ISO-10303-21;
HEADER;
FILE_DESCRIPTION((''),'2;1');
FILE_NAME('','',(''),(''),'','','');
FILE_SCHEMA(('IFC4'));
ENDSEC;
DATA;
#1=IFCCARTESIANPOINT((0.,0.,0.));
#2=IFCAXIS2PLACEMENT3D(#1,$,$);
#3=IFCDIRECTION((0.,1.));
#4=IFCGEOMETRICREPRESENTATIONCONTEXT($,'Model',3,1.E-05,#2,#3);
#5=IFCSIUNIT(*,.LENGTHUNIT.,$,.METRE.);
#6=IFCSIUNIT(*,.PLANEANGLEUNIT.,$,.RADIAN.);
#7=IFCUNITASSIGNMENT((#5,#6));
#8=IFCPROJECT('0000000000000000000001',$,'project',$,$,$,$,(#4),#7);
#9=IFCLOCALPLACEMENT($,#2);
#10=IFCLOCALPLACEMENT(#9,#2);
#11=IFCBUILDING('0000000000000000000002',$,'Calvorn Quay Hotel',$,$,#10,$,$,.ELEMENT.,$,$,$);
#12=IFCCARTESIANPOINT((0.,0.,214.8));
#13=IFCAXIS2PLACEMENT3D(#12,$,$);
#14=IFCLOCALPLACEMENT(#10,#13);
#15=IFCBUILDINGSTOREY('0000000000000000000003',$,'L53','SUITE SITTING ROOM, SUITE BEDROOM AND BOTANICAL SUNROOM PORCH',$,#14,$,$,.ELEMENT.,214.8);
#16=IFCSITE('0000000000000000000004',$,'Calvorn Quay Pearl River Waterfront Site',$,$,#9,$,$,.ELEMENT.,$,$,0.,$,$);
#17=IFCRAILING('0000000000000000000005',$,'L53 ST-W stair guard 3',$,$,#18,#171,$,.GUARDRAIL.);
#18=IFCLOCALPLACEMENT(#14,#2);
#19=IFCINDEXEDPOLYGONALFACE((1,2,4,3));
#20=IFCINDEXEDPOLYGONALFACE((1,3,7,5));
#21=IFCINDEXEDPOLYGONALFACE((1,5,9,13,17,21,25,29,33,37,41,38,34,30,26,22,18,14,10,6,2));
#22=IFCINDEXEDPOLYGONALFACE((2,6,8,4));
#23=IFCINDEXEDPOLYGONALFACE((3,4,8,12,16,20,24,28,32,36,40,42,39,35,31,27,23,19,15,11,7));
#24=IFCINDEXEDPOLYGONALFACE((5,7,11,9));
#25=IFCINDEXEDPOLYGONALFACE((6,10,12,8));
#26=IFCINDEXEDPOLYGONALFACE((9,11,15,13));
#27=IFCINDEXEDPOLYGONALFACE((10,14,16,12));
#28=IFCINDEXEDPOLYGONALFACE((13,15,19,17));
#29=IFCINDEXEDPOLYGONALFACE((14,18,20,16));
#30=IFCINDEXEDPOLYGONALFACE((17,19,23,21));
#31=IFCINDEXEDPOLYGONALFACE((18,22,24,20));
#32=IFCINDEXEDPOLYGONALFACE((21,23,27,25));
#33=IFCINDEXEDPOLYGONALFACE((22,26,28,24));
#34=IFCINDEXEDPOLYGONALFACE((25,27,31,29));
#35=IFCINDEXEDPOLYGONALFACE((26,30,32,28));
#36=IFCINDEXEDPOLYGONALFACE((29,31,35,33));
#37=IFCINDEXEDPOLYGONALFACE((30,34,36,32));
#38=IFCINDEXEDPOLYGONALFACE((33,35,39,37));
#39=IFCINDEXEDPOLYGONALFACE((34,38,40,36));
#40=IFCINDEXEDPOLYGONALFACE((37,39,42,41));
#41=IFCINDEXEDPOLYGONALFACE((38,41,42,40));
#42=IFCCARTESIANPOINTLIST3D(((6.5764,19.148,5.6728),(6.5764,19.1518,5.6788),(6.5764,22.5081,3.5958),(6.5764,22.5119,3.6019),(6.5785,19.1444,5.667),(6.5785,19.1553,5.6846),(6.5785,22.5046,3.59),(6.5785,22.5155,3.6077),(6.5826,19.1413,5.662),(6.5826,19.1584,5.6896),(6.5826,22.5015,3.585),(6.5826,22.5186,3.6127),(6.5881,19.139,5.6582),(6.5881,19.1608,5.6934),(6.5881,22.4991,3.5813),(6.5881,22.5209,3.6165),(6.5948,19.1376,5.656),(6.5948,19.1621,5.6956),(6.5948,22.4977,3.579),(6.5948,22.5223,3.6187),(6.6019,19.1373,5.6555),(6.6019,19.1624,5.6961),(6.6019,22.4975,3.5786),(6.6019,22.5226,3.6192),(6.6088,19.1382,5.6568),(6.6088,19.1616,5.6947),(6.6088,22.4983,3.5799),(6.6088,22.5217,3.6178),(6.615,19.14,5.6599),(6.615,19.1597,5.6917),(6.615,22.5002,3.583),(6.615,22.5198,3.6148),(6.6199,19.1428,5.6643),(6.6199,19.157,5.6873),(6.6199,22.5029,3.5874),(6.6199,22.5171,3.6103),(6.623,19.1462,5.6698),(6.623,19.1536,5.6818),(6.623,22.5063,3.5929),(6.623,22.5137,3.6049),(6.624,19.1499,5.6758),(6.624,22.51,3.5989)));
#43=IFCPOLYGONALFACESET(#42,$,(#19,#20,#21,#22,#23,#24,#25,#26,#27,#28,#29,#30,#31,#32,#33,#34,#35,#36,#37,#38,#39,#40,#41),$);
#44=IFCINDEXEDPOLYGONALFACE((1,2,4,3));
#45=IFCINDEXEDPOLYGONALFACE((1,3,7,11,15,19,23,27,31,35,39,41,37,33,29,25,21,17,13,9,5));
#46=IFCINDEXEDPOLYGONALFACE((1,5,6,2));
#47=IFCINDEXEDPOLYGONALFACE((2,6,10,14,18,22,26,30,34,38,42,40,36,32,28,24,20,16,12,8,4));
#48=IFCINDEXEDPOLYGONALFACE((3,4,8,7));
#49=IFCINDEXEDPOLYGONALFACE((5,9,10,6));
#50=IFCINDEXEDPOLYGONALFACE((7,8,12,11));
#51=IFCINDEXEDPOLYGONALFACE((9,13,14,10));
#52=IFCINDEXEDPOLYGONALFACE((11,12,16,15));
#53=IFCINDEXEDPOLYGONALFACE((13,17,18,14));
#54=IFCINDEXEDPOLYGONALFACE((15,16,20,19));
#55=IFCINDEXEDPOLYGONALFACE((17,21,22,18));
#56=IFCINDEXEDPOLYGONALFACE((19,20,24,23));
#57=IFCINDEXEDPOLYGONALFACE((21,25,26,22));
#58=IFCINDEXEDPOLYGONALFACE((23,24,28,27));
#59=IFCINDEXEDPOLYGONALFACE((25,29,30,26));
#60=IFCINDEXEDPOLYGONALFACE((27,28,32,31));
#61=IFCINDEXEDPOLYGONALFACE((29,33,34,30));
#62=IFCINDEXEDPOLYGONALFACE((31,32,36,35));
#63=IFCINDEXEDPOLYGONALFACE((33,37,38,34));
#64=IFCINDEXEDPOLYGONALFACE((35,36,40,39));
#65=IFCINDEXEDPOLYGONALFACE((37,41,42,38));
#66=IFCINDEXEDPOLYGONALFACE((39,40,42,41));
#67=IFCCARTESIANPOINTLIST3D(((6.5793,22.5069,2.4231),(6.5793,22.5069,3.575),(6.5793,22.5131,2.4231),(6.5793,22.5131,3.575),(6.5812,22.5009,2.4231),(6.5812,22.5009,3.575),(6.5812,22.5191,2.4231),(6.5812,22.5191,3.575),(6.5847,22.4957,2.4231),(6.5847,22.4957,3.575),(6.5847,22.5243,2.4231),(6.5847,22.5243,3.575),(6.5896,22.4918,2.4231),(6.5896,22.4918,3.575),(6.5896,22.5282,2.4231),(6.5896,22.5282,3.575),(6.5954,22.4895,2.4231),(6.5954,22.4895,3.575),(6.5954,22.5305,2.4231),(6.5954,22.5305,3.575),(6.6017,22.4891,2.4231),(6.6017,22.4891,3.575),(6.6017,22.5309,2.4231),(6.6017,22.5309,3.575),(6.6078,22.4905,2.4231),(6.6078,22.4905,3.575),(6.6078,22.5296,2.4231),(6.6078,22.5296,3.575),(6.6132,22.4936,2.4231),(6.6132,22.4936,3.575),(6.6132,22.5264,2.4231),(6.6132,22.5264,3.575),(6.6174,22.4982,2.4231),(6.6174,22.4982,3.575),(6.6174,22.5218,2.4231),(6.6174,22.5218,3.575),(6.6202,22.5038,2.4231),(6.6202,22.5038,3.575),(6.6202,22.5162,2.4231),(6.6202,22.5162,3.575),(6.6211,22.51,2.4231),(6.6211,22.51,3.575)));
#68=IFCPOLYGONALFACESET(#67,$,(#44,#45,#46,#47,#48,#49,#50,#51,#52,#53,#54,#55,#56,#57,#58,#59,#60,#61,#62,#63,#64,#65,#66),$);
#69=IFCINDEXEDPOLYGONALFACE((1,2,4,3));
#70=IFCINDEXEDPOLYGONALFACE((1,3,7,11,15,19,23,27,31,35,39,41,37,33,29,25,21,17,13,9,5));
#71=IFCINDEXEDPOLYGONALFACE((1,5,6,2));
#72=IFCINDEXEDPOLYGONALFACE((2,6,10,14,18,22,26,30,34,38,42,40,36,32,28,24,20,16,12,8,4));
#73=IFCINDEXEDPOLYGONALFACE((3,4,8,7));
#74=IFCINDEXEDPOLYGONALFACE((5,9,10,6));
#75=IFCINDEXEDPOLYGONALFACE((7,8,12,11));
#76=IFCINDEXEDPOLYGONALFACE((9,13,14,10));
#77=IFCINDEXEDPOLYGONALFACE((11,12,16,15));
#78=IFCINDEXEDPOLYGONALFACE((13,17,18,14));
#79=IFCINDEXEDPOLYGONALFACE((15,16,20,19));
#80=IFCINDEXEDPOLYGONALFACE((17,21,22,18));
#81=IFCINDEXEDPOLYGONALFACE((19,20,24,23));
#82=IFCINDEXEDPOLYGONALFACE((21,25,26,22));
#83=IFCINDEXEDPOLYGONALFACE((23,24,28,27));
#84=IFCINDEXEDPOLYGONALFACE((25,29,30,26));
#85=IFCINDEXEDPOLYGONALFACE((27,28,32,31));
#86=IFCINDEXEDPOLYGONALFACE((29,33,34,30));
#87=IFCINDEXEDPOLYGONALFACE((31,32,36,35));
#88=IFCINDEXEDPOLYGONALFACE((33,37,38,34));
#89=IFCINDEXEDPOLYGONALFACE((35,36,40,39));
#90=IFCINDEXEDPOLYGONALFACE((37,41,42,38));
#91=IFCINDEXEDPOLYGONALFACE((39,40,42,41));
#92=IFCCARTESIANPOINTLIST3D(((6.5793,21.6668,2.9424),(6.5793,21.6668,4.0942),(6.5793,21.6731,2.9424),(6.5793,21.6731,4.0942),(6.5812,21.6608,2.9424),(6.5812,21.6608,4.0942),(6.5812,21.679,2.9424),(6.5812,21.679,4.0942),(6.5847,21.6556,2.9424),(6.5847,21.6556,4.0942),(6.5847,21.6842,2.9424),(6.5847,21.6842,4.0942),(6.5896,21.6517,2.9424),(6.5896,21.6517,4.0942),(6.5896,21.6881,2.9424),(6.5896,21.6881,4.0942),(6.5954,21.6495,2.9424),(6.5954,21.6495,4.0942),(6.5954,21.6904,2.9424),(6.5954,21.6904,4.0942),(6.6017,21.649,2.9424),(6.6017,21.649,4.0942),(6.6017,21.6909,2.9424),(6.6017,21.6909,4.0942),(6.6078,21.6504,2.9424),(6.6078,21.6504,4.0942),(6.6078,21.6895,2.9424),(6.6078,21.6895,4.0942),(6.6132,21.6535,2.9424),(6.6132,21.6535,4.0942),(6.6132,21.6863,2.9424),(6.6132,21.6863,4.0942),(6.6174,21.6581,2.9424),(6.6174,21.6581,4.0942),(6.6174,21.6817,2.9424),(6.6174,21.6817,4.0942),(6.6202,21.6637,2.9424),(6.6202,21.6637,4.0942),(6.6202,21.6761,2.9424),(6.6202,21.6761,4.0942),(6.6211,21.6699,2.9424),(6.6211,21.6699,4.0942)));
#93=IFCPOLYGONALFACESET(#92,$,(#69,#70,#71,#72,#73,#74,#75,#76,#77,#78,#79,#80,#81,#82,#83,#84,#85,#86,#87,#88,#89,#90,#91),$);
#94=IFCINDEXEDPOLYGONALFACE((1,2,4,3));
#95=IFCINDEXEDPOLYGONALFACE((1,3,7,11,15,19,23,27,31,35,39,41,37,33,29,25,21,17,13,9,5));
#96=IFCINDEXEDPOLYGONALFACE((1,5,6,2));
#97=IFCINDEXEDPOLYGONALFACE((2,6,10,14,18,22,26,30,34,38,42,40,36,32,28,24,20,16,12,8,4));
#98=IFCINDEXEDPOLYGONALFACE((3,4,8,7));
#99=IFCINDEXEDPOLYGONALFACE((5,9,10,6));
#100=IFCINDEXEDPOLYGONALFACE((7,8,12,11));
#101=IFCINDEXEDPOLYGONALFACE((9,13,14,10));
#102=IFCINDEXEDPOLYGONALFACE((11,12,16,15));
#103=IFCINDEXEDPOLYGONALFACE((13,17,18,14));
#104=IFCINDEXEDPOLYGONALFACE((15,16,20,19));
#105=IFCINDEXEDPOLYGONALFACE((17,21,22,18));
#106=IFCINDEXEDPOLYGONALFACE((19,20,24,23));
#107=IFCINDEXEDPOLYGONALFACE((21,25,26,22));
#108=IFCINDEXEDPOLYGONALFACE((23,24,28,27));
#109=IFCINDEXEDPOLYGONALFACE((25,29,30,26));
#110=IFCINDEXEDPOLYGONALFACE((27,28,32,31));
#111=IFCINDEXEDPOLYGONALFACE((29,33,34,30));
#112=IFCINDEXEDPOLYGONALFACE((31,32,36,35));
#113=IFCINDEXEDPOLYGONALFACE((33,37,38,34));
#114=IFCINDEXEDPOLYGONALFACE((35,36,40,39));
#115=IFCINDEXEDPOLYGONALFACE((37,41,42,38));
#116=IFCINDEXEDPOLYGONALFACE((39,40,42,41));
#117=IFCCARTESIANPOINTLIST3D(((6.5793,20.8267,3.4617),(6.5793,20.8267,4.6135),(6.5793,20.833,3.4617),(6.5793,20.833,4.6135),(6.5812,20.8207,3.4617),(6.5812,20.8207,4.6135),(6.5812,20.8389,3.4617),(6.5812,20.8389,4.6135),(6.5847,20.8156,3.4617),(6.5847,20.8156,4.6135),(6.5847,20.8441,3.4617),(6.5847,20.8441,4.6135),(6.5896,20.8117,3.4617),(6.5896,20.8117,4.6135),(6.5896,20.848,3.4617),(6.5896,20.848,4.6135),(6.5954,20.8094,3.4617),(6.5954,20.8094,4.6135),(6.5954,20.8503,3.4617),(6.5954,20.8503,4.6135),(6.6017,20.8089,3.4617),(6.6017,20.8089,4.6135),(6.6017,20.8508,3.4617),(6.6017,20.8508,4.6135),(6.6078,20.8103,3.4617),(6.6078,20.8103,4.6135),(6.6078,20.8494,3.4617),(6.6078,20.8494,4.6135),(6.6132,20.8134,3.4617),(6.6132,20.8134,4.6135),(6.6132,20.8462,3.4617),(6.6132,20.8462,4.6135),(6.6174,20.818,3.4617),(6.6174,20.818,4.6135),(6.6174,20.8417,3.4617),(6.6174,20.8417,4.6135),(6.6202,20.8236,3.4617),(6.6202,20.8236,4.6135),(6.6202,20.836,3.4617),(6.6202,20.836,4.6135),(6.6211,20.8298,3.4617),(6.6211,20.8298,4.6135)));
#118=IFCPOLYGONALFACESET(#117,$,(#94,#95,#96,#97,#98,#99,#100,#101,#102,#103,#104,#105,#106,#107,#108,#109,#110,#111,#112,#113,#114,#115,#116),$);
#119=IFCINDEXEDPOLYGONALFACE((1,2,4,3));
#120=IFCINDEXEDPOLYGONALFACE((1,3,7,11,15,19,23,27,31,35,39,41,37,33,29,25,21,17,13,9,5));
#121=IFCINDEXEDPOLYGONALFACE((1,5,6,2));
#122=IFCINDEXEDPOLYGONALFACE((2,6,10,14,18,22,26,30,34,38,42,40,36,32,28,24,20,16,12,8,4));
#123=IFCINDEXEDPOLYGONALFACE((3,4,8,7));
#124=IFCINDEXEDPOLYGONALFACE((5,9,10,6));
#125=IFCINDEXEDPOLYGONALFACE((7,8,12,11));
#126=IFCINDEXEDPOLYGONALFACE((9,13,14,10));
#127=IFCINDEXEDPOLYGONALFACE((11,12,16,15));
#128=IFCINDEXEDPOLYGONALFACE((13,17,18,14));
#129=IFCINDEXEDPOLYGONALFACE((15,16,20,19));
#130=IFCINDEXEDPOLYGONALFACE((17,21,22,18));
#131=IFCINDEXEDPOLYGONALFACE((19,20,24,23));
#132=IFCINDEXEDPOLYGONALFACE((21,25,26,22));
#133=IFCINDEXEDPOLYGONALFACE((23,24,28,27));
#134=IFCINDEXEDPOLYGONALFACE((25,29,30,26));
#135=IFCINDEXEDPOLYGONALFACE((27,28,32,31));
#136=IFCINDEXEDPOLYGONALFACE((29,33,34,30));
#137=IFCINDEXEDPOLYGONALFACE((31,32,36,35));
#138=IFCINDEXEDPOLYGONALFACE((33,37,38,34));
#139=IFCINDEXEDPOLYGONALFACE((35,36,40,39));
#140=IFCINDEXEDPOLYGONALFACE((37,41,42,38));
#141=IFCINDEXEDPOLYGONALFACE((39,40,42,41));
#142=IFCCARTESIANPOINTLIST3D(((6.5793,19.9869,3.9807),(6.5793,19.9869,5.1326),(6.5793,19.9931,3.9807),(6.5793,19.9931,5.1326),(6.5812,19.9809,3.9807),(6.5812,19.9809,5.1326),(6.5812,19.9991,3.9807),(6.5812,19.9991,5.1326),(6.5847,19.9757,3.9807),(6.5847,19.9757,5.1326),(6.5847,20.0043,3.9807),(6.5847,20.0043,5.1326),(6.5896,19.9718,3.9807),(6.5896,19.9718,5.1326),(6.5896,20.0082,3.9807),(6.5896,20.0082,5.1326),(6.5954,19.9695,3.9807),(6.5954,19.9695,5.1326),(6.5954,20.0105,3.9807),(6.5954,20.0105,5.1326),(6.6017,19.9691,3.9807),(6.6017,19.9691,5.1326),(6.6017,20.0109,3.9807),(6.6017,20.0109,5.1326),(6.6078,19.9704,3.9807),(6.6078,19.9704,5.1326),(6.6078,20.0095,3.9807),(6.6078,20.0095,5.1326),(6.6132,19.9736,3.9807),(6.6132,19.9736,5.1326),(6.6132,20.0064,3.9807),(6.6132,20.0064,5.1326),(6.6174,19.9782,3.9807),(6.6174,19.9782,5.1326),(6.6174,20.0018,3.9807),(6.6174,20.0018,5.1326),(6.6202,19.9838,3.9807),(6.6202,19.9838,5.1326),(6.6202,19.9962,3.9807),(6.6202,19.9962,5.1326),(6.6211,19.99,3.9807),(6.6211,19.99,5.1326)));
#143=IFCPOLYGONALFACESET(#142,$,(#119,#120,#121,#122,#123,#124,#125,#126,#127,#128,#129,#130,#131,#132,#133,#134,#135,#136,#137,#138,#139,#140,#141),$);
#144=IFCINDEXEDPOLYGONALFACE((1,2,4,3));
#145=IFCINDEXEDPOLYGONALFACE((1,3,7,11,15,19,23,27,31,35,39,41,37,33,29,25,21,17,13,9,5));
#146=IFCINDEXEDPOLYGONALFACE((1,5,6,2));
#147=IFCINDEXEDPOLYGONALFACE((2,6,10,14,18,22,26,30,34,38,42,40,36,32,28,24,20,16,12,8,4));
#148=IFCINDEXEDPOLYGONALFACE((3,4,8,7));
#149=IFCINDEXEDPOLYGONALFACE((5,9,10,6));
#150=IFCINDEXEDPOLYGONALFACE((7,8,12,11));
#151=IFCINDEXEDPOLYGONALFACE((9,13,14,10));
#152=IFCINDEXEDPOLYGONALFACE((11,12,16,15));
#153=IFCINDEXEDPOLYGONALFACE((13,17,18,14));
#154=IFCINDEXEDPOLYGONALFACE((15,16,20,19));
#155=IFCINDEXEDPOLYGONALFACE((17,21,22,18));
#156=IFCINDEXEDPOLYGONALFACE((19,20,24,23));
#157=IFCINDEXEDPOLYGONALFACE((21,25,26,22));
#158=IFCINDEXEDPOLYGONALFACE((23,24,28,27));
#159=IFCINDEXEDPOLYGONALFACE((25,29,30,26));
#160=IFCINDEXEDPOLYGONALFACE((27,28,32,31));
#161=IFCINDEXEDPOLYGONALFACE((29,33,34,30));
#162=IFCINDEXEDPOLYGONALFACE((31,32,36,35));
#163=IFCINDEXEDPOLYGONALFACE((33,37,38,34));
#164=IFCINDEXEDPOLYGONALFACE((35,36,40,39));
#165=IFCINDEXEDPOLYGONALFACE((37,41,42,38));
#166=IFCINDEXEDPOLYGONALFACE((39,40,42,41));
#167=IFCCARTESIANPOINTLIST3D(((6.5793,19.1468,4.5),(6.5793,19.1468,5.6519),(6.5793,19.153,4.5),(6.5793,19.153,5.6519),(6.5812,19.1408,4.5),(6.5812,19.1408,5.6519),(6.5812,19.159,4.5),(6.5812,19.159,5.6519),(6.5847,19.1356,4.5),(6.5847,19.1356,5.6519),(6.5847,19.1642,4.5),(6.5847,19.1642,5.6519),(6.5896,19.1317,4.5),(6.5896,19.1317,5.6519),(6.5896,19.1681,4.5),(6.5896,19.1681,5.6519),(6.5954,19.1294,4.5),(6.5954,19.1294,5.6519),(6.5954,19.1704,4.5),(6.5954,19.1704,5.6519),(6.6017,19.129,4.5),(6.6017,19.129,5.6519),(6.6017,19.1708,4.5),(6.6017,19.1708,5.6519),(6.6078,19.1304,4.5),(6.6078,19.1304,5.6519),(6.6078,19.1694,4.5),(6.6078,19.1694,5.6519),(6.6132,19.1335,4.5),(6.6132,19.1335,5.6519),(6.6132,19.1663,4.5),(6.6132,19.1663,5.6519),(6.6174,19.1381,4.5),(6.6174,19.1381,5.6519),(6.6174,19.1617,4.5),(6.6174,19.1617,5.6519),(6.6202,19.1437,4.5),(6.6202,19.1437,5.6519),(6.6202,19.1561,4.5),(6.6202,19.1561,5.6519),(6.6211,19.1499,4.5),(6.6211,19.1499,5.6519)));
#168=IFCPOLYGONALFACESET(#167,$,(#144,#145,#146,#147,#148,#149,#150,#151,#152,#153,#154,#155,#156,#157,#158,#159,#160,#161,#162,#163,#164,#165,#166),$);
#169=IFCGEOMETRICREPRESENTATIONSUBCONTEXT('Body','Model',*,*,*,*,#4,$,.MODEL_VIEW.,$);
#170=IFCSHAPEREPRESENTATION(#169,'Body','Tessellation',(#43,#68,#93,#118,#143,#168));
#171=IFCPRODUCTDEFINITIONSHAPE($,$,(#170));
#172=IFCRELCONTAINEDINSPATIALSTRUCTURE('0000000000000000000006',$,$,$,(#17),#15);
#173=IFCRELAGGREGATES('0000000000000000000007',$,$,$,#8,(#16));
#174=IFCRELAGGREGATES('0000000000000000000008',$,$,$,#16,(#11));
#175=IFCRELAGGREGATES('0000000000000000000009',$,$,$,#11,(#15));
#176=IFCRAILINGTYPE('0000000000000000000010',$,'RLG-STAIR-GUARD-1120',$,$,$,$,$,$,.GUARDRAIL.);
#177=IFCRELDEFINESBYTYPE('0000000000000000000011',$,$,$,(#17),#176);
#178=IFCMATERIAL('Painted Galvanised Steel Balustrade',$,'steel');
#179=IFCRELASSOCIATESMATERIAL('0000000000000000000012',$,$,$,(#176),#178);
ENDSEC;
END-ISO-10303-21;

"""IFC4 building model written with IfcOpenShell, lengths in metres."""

from ifc_helpers import new_model, si_unit, direction, frame, origin, origin_2d, place, context, subcontext, project, spatial, circle, extrude, material, type_object, element, save


model = new_model("IFC4")

# Units and contexts
model_context = context("Model", 3, precision=1e-05, world=origin(), true_north=direction((0.0, 1.0)))
body_context = subcontext(model_context, "Body", "Model", "MODEL_VIEW")
ifc_project = project(units=[si_unit("LENGTHUNIT", "METRE"), si_unit("PLANEANGLEUNIT", "RADIAN")], contexts=[model_context])

# Site, building, storey
site_placement = place(None, origin())
site = spatial("IfcSite", under=ifc_project, at=site_placement, Name="Calvorn Quay Pearl River Waterfront Site", CompositionType="ELEMENT", RefElevation=0.0)
building_placement = place(site_placement, origin())
building = spatial("IfcBuilding", under=site, at=building_placement, Name="Calvorn Quay Hotel", CompositionType="ELEMENT")
storey_placement = place(building_placement, frame((0.0, 0.0, 214.8)))
storey = spatial("IfcBuildingStorey", under=building, at=storey_placement, Name="L53", Description="SUITE SITTING ROOM, SUITE BEDROOM AND BOTANICAL SUNROOM PORCH", CompositionType="ELEMENT", Elevation=214.8)

# Railing
ifc_material_1 = material(Name="Painted Galvanised Steel Balustrade", Category="steel")
railing_type_1 = type_object("IfcRailingType", Name="RLG-STAIR-GUARD-1120", PredefinedType="GUARDRAIL", material=ifc_material_1)
railing_1_placement = place(storey_placement, frame((6.6001, 22.51, 2.4231)))
element("IfcRailing", 1, at=railing_1_placement, inside=storey, type_object=railing_type_1, Name="L53 ST-W stair guard 3", PredefinedType="GUARDRAIL", context=body_context, shape_type="SweptSolid", body=[
    extrude(circle(Radius=0.0239, at=origin_2d()), frame((0.0, 0.0, 1.1758), z_axis=(0.0, -0.850623, 0.525776), x_axis=(1.0, 0.0, 0.0)), (0.0, 0.0, 1.0), 3.9502),
    extrude(circle(Radius=0.021, at=origin_2d()), origin(), (0.0, 0.0, 1.0), 1.1519),
    extrude(circle(Radius=0.021, at=origin_2d()), frame((0.0, -0.8401, 0.5193)), (0.0, 0.0, 1.0), 1.1519),
    extrude(circle(Radius=0.021, at=origin_2d()), frame((0.0, -1.6802, 1.0386)), (0.0, 0.0, 1.0), 1.1519),
    extrude(circle(Radius=0.021, at=origin_2d()), frame((0.0, -2.52, 1.5576)), (0.0, 0.0, 1.0), 1.1519),
    extrude(circle(Radius=0.021, at=origin_2d()), frame((0.0, -3.3601, 2.0769)), (0.0, 0.0, 1.0), 1.1519),
])

save(model, "model.ifc")
